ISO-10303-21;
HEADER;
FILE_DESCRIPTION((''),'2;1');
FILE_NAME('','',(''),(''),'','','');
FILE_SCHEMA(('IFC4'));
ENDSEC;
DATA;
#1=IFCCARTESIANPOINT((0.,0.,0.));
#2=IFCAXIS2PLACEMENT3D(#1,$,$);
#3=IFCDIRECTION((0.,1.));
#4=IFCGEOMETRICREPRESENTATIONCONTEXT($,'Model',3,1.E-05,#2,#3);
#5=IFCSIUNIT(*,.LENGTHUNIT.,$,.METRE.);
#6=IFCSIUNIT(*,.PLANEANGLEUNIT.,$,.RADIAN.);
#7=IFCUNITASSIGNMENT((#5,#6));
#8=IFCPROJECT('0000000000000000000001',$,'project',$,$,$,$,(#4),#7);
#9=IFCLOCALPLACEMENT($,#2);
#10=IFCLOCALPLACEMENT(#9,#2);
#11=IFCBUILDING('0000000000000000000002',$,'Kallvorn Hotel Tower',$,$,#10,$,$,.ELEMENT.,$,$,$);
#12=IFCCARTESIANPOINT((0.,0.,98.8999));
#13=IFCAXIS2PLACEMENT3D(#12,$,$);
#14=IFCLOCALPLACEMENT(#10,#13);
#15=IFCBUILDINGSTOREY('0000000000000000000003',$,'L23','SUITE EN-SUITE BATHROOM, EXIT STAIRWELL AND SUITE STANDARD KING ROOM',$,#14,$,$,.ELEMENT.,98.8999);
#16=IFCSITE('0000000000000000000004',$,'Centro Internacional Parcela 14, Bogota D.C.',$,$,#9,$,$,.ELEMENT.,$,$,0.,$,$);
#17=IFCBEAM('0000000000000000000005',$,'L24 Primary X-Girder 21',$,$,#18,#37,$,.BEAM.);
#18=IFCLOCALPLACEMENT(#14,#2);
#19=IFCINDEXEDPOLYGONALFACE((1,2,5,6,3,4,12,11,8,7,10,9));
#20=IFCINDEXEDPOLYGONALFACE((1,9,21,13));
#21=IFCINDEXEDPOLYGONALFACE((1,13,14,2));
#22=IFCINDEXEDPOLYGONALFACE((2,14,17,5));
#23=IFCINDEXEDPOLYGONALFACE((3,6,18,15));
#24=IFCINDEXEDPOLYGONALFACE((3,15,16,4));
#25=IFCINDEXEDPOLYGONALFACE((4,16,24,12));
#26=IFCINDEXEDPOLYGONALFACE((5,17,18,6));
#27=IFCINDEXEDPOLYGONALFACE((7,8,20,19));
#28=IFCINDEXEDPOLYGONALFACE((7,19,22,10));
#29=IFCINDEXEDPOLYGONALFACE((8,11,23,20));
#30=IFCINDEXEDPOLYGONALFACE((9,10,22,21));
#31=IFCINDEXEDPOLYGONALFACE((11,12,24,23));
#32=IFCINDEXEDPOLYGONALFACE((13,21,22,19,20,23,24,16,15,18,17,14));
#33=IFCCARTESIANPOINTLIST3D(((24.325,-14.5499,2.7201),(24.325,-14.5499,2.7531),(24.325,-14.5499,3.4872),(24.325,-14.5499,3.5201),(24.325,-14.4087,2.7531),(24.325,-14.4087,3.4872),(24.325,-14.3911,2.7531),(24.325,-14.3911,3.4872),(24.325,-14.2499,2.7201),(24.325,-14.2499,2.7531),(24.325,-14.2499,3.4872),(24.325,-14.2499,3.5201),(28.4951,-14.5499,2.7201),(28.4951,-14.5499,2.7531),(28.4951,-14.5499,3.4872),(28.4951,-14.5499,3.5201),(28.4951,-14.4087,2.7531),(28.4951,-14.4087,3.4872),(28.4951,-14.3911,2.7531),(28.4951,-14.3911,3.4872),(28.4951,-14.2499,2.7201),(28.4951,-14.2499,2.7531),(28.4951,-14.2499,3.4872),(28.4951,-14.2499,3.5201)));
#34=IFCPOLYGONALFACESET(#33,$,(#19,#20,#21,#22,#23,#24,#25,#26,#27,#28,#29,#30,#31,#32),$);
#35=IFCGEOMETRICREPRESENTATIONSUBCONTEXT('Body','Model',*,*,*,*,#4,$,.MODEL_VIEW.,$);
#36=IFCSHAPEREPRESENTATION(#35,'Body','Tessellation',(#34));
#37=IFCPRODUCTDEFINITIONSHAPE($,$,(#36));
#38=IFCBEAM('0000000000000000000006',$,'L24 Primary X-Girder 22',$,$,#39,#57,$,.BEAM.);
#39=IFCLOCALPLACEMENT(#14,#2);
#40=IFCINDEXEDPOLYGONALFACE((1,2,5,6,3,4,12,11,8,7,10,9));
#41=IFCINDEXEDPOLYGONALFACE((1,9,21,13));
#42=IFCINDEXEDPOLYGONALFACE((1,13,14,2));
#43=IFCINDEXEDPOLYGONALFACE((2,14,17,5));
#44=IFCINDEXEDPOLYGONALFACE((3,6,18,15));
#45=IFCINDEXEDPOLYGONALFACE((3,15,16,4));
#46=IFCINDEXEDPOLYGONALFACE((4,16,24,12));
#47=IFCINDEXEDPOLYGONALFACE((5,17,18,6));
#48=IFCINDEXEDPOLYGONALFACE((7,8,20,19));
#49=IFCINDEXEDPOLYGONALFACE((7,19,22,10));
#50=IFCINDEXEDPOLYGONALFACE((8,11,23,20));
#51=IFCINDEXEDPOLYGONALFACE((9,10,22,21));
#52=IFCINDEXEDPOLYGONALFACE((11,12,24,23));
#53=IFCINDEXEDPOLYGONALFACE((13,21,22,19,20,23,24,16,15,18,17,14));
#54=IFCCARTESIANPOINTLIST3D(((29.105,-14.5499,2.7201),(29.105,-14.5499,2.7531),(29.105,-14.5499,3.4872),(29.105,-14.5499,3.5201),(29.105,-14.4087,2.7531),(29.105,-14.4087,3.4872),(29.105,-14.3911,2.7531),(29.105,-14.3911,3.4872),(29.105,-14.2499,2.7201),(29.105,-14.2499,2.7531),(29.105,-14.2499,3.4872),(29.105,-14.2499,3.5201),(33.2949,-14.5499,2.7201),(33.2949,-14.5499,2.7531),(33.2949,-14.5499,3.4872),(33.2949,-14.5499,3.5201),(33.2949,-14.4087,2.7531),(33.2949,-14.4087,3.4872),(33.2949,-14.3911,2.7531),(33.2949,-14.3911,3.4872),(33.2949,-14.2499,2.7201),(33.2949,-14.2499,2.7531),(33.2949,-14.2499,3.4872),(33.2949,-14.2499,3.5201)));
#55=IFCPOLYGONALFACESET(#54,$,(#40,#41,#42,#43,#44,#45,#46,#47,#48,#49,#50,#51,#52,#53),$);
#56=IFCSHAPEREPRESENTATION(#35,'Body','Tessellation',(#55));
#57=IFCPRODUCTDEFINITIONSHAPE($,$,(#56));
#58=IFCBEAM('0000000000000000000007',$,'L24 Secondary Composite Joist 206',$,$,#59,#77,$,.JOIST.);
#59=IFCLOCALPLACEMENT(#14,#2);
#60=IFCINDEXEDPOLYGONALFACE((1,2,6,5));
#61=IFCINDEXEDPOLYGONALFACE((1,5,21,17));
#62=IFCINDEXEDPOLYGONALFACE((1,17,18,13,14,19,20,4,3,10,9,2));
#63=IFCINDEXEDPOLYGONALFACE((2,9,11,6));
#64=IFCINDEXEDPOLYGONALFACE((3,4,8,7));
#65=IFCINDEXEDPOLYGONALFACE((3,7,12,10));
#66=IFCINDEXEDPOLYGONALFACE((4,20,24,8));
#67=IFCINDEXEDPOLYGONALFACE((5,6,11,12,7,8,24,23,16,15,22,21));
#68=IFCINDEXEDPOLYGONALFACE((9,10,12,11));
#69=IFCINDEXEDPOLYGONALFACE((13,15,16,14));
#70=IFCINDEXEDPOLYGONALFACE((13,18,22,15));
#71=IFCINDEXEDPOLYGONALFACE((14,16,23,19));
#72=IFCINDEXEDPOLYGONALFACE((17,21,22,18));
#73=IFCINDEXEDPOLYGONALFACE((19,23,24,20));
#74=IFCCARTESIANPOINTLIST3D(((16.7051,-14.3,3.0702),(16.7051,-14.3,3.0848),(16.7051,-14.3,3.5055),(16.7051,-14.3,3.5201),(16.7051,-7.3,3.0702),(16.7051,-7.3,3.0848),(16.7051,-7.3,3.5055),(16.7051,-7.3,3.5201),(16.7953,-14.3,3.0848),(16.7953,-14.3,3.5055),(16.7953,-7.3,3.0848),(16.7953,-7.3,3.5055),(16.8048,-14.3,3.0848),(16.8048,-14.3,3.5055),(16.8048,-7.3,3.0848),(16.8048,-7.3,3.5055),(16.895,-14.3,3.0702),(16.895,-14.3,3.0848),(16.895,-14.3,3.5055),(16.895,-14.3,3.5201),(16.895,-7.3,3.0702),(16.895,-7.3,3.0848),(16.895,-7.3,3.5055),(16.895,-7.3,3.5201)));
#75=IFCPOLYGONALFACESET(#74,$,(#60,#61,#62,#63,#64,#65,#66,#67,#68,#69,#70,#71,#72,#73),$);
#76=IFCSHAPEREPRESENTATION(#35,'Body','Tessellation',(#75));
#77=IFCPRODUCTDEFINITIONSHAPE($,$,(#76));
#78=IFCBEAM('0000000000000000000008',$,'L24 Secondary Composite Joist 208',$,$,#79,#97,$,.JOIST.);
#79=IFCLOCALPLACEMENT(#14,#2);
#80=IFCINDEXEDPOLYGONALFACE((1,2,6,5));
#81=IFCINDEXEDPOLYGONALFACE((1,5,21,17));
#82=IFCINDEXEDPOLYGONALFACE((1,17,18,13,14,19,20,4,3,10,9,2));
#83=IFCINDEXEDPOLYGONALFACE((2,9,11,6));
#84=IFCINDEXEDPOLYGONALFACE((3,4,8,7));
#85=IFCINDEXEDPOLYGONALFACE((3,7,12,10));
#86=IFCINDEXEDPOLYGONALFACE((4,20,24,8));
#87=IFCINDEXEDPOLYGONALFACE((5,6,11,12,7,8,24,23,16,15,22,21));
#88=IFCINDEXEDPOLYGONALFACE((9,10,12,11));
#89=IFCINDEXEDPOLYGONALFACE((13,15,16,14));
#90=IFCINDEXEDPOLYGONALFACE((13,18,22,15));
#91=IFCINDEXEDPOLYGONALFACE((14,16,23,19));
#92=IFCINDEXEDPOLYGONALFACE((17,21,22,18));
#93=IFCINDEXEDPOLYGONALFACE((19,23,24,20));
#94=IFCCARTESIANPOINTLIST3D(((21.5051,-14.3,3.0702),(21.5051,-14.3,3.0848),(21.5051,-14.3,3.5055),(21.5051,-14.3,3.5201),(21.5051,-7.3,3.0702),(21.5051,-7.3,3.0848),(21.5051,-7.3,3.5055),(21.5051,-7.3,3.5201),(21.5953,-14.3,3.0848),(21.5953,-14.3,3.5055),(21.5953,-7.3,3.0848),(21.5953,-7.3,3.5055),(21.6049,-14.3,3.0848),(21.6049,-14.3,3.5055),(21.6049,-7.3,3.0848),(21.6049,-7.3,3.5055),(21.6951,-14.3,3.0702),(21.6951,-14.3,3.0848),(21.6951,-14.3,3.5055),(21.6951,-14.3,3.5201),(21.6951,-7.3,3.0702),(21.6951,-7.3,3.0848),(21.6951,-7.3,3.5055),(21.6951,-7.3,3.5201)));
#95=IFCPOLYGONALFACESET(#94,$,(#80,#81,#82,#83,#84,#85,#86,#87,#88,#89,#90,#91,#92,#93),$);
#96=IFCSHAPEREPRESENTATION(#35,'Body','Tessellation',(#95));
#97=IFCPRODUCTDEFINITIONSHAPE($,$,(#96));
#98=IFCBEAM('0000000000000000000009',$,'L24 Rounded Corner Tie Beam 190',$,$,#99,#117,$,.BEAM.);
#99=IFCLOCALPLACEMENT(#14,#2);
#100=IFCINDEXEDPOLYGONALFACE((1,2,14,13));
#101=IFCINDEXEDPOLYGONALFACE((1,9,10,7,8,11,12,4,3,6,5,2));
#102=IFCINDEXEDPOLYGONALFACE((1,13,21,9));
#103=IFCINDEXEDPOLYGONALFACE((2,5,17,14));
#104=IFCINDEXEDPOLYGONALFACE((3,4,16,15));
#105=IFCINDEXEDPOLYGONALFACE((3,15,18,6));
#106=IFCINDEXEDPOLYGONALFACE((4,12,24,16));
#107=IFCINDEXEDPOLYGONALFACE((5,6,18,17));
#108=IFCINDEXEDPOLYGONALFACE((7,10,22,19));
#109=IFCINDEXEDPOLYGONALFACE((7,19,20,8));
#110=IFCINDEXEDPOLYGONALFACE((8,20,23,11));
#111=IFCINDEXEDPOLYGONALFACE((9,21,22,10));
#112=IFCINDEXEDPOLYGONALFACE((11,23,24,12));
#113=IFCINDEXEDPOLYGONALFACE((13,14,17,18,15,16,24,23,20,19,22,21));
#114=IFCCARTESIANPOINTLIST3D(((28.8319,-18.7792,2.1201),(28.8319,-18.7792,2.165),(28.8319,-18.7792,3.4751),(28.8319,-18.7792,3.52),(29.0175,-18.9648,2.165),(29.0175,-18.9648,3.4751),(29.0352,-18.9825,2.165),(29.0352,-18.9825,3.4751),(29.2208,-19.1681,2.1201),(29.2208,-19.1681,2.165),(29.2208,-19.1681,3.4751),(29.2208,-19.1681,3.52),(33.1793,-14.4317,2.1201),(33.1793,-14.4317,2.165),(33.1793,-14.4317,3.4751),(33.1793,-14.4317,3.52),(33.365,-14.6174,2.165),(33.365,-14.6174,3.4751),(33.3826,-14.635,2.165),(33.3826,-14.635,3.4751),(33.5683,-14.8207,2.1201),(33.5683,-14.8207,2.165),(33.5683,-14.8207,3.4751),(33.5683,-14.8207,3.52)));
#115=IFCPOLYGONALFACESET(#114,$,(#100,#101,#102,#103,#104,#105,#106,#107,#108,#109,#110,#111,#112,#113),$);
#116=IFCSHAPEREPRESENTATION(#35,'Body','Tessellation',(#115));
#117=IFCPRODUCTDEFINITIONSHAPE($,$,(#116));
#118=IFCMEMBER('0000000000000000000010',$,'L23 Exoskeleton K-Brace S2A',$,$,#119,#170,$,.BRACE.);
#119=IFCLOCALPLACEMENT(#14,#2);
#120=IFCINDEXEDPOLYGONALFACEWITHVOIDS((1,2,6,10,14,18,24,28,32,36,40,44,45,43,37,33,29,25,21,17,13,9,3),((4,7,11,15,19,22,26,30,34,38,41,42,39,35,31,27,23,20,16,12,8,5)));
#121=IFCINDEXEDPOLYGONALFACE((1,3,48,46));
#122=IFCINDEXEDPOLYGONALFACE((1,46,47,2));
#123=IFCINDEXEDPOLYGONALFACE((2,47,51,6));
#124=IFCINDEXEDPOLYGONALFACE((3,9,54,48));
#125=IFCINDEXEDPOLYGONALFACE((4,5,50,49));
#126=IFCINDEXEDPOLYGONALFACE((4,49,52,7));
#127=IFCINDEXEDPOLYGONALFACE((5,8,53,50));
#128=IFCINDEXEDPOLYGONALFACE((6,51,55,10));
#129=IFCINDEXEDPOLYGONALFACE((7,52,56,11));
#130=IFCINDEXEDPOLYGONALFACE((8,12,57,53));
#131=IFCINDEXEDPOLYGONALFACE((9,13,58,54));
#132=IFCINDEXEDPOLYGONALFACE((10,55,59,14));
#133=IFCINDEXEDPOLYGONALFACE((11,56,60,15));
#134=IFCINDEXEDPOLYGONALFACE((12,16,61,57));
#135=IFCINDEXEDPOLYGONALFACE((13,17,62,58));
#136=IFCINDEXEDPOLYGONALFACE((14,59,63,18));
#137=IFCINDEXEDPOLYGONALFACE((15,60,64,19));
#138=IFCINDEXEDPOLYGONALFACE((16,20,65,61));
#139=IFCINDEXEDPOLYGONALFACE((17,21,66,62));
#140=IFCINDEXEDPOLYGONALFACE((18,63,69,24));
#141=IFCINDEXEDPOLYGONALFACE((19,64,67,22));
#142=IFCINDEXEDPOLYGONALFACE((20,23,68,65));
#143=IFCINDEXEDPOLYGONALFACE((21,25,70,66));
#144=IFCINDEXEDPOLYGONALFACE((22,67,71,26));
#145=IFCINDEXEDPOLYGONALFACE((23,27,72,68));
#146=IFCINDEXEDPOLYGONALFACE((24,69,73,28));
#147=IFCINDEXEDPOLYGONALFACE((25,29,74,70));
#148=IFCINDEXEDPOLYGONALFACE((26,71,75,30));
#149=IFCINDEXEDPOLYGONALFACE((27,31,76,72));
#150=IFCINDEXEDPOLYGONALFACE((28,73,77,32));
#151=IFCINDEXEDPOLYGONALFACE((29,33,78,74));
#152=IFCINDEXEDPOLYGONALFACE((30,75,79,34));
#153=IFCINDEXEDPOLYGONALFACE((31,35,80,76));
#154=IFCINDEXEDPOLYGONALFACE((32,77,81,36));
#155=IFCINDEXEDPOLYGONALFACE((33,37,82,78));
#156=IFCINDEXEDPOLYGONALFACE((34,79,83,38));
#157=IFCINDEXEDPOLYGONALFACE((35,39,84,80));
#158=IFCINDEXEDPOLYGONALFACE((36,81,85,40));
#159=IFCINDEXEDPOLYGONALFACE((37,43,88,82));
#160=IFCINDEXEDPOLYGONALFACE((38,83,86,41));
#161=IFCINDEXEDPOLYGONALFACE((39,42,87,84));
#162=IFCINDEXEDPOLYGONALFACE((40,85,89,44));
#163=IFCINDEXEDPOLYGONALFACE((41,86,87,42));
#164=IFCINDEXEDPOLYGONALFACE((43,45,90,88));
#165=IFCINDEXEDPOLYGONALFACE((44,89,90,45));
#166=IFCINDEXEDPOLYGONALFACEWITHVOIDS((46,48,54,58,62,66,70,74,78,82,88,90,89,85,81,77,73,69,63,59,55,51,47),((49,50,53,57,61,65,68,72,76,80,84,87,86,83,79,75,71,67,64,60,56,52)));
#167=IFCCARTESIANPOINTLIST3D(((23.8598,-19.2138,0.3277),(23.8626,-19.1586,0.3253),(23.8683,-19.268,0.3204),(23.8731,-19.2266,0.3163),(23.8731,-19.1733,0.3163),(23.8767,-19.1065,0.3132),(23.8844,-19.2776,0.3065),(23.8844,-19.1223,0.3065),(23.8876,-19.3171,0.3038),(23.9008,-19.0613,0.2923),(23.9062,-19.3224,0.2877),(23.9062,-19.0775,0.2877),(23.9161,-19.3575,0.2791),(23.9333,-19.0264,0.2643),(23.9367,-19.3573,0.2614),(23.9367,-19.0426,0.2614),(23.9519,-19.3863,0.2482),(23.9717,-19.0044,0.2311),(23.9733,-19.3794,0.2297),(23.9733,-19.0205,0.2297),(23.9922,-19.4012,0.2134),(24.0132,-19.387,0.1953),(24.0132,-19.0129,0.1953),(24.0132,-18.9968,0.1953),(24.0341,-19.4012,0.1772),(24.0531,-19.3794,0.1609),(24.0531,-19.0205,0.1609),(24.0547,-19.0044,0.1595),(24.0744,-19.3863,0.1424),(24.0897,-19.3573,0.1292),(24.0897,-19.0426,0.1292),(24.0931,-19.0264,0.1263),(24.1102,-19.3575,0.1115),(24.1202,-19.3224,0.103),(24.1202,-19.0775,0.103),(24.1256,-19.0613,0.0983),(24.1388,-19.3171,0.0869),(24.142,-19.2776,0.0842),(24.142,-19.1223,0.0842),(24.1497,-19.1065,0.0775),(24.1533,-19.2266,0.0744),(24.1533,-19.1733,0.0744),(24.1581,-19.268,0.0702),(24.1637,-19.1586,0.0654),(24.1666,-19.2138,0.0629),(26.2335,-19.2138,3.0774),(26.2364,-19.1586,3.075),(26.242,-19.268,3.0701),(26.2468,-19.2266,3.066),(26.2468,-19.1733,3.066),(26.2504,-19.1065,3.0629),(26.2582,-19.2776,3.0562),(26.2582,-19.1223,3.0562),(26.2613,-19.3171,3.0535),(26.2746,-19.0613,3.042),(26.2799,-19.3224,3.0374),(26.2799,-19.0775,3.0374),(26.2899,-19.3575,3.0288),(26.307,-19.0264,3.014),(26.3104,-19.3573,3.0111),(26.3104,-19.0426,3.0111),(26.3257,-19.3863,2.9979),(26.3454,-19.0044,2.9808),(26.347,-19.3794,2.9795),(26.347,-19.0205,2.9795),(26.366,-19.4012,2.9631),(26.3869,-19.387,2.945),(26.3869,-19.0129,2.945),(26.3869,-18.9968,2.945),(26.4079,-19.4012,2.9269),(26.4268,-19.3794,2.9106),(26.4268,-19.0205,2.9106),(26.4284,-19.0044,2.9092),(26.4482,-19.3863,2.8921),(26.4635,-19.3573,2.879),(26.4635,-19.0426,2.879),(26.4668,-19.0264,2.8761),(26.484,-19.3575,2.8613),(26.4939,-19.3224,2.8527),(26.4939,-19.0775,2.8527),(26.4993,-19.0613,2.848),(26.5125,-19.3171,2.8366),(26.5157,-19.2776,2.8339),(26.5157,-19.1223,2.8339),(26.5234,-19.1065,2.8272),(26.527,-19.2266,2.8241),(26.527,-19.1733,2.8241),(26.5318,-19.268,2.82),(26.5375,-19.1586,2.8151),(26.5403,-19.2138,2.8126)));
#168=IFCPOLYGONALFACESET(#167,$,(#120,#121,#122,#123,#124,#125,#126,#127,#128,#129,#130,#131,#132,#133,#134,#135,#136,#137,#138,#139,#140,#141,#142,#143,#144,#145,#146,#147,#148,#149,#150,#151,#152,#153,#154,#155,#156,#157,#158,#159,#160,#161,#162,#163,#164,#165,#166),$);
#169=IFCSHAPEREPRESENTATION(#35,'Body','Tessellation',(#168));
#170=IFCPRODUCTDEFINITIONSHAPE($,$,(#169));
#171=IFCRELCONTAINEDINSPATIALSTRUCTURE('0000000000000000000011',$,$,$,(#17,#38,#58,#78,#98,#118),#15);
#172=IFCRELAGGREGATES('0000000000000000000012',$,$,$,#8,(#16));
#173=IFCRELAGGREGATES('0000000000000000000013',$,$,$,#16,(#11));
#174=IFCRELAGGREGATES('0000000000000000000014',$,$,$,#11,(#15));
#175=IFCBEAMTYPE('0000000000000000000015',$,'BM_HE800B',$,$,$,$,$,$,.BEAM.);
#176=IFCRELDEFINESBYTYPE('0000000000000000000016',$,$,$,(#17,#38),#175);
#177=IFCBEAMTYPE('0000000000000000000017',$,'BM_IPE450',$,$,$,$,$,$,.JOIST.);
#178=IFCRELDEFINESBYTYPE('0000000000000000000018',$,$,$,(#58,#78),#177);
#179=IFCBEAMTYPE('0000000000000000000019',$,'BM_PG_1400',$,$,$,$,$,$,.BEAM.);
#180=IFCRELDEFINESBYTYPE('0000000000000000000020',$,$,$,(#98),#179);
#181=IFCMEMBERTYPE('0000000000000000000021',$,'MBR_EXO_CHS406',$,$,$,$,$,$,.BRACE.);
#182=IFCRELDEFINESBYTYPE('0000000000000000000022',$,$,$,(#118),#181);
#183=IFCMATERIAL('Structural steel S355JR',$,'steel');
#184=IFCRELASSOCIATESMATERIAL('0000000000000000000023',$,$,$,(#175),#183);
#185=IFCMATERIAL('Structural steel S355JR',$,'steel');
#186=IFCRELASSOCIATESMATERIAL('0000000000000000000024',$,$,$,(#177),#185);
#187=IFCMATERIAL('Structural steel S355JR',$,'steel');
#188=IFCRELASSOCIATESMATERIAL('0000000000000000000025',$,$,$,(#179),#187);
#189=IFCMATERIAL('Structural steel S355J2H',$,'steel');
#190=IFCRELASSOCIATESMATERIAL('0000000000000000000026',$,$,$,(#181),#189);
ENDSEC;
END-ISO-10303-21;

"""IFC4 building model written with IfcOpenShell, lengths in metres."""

from ifc_helpers import new_model, si_unit, direction, frame, origin, origin_2d, place, context, subcontext, project, spatial, hollow_circle, i_section, extrude, material, material_profile, profile_set, type_object, element, save


model = new_model("IFC4")

# Units and contexts
model_context = context("Model", 3, precision=1e-05, world=origin(), true_north=direction((0.0, 1.0)))
body_context = subcontext(model_context, "Body", "Model", "MODEL_VIEW")
ifc_project = project(units=[si_unit("LENGTHUNIT", "METRE"), si_unit("PLANEANGLEUNIT", "RADIAN")], contexts=[model_context])

# Site, building, storey
site_placement = place(None, origin())
site = spatial("IfcSite", under=ifc_project, at=site_placement, Name="Centro Internacional Parcela 14, Bogota D.C.", CompositionType="ELEMENT", RefElevation=0.0)
building_placement = place(site_placement, origin())
building = spatial("IfcBuilding", under=site, at=building_placement, Name="Kallvorn Hotel Tower", CompositionType="ELEMENT")
storey_placement = place(building_placement, frame((0.0, 0.0, 98.8999)))
storey = spatial("IfcBuildingStorey", under=building, at=storey_placement, Name="L23", Description="SUITE EN-SUITE BATHROOM, EXIT STAIRWELL AND SUITE STANDARD KING ROOM", CompositionType="ELEMENT", Elevation=98.8999)

# Beams
ifc_material_1 = material(Name="Structural steel S355JR", Category="steel")
ifc_material_profile_1 = material_profile(ifc_material_1, i_section(OverallWidth=0.3, OverallDepth=0.8, WebThickness=0.0176, FlangeThickness=0.033, at=origin_2d()), Name="HE 800 B")
ifc_profile_set_1 = profile_set([ifc_material_profile_1], Name="Structural steel S355JR")
beam_type_1 = type_object("IfcBeamType", Name="BM_HE800B", PredefinedType="BEAM", material=ifc_profile_set_1)
for number, where, z_axis, x_axis, name in (
    (1, (24.325, -14.3999, 3.1201), (1.0, 0.0, 0.0), (0.0, 1.0, 0.0), "L24 Primary X-Girder 21"),
):
    element("IfcBeam", number, at=place(storey_placement, frame(where, z_axis=z_axis, x_axis=x_axis)), inside=storey, type_object=beam_type_1, Name=name, PredefinedType="BEAM", context=body_context, shape_type="SweptSolid", body=[
        extrude(i_section(OverallWidth=0.3, OverallDepth=0.8, WebThickness=0.0176, FlangeThickness=0.033, at=origin_2d()), origin(), (0.0, 0.0, 1.0), 4.1702),
    ])
beam_1_placement = place(storey_placement, frame((29.105, -14.3999, 3.1201), z_axis=(1.0, 0.0, 0.0), x_axis=(0.0, 1.0, 0.0)))
element("IfcBeam", 2, at=beam_1_placement, inside=storey, type_object=beam_type_1, Name="L24 Primary X-Girder 22", PredefinedType="BEAM", context=body_context, shape_type="SweptSolid", body=[
    extrude(i_section(OverallWidth=0.3, OverallDepth=0.8, WebThickness=0.0176, FlangeThickness=0.033, at=origin_2d()), origin(), (0.0, 0.0, 1.0), 4.1899),
])
ifc_material_2 = material(Name="Structural steel S355JR", Category="steel")
ifc_material_profile_2 = material_profile(ifc_material_2, i_section(OverallWidth=0.1899, OverallDepth=0.45, WebThickness=0.0095, FlangeThickness=0.0146, at=origin_2d()), Name="IPE 450")
ifc_profile_set_2 = profile_set([ifc_material_profile_2], Name="Structural steel S355JR")
beam_type_2 = type_object("IfcBeamType", Name="BM_IPE450", PredefinedType="JOIST", material=ifc_profile_set_2)
for number, where, z_axis, x_axis, name in (
    (3, (16.8, -14.3, 3.2952), (0.0, 1.0, 0.0), (-1.0, 0.0, 0.0), "L24 Secondary Composite Joist 206"),
    (4, (21.6001, -14.3, 3.2952), (0.0, 1.0, 0.0), (-1.0, 0.0, 0.0), "L24 Secondary Composite Joist 208"),
):
    element("IfcBeam", number, at=place(storey_placement, frame(where, z_axis=z_axis, x_axis=x_axis)), inside=storey, type_object=beam_type_2, Name=name, PredefinedType="JOIST", context=body_context, shape_type="SweptSolid", body=[
        extrude(i_section(OverallWidth=0.1899, OverallDepth=0.45, WebThickness=0.0095, FlangeThickness=0.0146, at=origin_2d()), origin(), (0.0, 0.0, 1.0), 7.0),
    ])
ifc_material_3 = material(Name="Structural steel S355JR", Category="steel")
ifc_material_profile_3 = material_profile(ifc_material_3, i_section(OverallWidth=0.55, OverallDepth=1.3999, WebThickness=0.0249, FlangeThickness=0.0449, at=origin_2d()), Name="PG 1400x550x25x45")
ifc_profile_set_3 = profile_set([ifc_material_profile_3], Name="Structural steel S355JR")
beam_type_3 = type_object("IfcBeamType", Name="BM_PG_1400", PredefinedType="BEAM", material=ifc_profile_set_3)
beam_2_placement = place(storey_placement, frame((33.3738, -14.6262, 2.8201), z_axis=(-0.707107, -0.707107, 0.0), x_axis=(0.707107, -0.707107, 0.0)))
element("IfcBeam", 5, at=beam_2_placement, inside=storey, type_object=beam_type_3, Name="L24 Rounded Corner Tie Beam 190", PredefinedType="BEAM", context=body_context, shape_type="SweptSolid", body=[
    extrude(i_section(OverallWidth=0.55, OverallDepth=1.3999, WebThickness=0.0249, FlangeThickness=0.0449, at=origin_2d()), origin(), (0.0, 0.0, 1.0), 6.1482),
])

# Member
ifc_material_4 = material(Name="Structural steel S355J2H", Category="steel")
ifc_material_profile_4 = material_profile(ifc_material_4, hollow_circle(Radius=0.2031, WallThickness=0.0161, at=origin_2d()), Name="CHS 406.4x16")
ifc_profile_set_4 = profile_set([ifc_material_profile_4], Name="Structural steel S355J2H")
member_type = type_object("IfcMemberType", Name="MBR_EXO_CHS406", PredefinedType="BRACE", material=ifc_profile_set_4)
for number, where, z_axis, x_axis, name in (
    (6, (24.0132, -19.2, 0.1953), (0.653461, 0.0, 0.756961), (0.0, 1.0, 0.0), "L23 Exoskeleton K-Brace S2A"),
):
    element("IfcMember", number, at=place(storey_placement, frame(where, z_axis=z_axis, x_axis=x_axis)), inside=storey, type_object=member_type, Name=name, PredefinedType="BRACE", context=body_context, shape_type="SweptSolid", body=[
        extrude(hollow_circle(Radius=0.2031, WallThickness=0.0161, at=origin_2d()), origin(), (0.0, 0.0, 1.0), 3.6326),
    ])

save(model, "model.ifc")
